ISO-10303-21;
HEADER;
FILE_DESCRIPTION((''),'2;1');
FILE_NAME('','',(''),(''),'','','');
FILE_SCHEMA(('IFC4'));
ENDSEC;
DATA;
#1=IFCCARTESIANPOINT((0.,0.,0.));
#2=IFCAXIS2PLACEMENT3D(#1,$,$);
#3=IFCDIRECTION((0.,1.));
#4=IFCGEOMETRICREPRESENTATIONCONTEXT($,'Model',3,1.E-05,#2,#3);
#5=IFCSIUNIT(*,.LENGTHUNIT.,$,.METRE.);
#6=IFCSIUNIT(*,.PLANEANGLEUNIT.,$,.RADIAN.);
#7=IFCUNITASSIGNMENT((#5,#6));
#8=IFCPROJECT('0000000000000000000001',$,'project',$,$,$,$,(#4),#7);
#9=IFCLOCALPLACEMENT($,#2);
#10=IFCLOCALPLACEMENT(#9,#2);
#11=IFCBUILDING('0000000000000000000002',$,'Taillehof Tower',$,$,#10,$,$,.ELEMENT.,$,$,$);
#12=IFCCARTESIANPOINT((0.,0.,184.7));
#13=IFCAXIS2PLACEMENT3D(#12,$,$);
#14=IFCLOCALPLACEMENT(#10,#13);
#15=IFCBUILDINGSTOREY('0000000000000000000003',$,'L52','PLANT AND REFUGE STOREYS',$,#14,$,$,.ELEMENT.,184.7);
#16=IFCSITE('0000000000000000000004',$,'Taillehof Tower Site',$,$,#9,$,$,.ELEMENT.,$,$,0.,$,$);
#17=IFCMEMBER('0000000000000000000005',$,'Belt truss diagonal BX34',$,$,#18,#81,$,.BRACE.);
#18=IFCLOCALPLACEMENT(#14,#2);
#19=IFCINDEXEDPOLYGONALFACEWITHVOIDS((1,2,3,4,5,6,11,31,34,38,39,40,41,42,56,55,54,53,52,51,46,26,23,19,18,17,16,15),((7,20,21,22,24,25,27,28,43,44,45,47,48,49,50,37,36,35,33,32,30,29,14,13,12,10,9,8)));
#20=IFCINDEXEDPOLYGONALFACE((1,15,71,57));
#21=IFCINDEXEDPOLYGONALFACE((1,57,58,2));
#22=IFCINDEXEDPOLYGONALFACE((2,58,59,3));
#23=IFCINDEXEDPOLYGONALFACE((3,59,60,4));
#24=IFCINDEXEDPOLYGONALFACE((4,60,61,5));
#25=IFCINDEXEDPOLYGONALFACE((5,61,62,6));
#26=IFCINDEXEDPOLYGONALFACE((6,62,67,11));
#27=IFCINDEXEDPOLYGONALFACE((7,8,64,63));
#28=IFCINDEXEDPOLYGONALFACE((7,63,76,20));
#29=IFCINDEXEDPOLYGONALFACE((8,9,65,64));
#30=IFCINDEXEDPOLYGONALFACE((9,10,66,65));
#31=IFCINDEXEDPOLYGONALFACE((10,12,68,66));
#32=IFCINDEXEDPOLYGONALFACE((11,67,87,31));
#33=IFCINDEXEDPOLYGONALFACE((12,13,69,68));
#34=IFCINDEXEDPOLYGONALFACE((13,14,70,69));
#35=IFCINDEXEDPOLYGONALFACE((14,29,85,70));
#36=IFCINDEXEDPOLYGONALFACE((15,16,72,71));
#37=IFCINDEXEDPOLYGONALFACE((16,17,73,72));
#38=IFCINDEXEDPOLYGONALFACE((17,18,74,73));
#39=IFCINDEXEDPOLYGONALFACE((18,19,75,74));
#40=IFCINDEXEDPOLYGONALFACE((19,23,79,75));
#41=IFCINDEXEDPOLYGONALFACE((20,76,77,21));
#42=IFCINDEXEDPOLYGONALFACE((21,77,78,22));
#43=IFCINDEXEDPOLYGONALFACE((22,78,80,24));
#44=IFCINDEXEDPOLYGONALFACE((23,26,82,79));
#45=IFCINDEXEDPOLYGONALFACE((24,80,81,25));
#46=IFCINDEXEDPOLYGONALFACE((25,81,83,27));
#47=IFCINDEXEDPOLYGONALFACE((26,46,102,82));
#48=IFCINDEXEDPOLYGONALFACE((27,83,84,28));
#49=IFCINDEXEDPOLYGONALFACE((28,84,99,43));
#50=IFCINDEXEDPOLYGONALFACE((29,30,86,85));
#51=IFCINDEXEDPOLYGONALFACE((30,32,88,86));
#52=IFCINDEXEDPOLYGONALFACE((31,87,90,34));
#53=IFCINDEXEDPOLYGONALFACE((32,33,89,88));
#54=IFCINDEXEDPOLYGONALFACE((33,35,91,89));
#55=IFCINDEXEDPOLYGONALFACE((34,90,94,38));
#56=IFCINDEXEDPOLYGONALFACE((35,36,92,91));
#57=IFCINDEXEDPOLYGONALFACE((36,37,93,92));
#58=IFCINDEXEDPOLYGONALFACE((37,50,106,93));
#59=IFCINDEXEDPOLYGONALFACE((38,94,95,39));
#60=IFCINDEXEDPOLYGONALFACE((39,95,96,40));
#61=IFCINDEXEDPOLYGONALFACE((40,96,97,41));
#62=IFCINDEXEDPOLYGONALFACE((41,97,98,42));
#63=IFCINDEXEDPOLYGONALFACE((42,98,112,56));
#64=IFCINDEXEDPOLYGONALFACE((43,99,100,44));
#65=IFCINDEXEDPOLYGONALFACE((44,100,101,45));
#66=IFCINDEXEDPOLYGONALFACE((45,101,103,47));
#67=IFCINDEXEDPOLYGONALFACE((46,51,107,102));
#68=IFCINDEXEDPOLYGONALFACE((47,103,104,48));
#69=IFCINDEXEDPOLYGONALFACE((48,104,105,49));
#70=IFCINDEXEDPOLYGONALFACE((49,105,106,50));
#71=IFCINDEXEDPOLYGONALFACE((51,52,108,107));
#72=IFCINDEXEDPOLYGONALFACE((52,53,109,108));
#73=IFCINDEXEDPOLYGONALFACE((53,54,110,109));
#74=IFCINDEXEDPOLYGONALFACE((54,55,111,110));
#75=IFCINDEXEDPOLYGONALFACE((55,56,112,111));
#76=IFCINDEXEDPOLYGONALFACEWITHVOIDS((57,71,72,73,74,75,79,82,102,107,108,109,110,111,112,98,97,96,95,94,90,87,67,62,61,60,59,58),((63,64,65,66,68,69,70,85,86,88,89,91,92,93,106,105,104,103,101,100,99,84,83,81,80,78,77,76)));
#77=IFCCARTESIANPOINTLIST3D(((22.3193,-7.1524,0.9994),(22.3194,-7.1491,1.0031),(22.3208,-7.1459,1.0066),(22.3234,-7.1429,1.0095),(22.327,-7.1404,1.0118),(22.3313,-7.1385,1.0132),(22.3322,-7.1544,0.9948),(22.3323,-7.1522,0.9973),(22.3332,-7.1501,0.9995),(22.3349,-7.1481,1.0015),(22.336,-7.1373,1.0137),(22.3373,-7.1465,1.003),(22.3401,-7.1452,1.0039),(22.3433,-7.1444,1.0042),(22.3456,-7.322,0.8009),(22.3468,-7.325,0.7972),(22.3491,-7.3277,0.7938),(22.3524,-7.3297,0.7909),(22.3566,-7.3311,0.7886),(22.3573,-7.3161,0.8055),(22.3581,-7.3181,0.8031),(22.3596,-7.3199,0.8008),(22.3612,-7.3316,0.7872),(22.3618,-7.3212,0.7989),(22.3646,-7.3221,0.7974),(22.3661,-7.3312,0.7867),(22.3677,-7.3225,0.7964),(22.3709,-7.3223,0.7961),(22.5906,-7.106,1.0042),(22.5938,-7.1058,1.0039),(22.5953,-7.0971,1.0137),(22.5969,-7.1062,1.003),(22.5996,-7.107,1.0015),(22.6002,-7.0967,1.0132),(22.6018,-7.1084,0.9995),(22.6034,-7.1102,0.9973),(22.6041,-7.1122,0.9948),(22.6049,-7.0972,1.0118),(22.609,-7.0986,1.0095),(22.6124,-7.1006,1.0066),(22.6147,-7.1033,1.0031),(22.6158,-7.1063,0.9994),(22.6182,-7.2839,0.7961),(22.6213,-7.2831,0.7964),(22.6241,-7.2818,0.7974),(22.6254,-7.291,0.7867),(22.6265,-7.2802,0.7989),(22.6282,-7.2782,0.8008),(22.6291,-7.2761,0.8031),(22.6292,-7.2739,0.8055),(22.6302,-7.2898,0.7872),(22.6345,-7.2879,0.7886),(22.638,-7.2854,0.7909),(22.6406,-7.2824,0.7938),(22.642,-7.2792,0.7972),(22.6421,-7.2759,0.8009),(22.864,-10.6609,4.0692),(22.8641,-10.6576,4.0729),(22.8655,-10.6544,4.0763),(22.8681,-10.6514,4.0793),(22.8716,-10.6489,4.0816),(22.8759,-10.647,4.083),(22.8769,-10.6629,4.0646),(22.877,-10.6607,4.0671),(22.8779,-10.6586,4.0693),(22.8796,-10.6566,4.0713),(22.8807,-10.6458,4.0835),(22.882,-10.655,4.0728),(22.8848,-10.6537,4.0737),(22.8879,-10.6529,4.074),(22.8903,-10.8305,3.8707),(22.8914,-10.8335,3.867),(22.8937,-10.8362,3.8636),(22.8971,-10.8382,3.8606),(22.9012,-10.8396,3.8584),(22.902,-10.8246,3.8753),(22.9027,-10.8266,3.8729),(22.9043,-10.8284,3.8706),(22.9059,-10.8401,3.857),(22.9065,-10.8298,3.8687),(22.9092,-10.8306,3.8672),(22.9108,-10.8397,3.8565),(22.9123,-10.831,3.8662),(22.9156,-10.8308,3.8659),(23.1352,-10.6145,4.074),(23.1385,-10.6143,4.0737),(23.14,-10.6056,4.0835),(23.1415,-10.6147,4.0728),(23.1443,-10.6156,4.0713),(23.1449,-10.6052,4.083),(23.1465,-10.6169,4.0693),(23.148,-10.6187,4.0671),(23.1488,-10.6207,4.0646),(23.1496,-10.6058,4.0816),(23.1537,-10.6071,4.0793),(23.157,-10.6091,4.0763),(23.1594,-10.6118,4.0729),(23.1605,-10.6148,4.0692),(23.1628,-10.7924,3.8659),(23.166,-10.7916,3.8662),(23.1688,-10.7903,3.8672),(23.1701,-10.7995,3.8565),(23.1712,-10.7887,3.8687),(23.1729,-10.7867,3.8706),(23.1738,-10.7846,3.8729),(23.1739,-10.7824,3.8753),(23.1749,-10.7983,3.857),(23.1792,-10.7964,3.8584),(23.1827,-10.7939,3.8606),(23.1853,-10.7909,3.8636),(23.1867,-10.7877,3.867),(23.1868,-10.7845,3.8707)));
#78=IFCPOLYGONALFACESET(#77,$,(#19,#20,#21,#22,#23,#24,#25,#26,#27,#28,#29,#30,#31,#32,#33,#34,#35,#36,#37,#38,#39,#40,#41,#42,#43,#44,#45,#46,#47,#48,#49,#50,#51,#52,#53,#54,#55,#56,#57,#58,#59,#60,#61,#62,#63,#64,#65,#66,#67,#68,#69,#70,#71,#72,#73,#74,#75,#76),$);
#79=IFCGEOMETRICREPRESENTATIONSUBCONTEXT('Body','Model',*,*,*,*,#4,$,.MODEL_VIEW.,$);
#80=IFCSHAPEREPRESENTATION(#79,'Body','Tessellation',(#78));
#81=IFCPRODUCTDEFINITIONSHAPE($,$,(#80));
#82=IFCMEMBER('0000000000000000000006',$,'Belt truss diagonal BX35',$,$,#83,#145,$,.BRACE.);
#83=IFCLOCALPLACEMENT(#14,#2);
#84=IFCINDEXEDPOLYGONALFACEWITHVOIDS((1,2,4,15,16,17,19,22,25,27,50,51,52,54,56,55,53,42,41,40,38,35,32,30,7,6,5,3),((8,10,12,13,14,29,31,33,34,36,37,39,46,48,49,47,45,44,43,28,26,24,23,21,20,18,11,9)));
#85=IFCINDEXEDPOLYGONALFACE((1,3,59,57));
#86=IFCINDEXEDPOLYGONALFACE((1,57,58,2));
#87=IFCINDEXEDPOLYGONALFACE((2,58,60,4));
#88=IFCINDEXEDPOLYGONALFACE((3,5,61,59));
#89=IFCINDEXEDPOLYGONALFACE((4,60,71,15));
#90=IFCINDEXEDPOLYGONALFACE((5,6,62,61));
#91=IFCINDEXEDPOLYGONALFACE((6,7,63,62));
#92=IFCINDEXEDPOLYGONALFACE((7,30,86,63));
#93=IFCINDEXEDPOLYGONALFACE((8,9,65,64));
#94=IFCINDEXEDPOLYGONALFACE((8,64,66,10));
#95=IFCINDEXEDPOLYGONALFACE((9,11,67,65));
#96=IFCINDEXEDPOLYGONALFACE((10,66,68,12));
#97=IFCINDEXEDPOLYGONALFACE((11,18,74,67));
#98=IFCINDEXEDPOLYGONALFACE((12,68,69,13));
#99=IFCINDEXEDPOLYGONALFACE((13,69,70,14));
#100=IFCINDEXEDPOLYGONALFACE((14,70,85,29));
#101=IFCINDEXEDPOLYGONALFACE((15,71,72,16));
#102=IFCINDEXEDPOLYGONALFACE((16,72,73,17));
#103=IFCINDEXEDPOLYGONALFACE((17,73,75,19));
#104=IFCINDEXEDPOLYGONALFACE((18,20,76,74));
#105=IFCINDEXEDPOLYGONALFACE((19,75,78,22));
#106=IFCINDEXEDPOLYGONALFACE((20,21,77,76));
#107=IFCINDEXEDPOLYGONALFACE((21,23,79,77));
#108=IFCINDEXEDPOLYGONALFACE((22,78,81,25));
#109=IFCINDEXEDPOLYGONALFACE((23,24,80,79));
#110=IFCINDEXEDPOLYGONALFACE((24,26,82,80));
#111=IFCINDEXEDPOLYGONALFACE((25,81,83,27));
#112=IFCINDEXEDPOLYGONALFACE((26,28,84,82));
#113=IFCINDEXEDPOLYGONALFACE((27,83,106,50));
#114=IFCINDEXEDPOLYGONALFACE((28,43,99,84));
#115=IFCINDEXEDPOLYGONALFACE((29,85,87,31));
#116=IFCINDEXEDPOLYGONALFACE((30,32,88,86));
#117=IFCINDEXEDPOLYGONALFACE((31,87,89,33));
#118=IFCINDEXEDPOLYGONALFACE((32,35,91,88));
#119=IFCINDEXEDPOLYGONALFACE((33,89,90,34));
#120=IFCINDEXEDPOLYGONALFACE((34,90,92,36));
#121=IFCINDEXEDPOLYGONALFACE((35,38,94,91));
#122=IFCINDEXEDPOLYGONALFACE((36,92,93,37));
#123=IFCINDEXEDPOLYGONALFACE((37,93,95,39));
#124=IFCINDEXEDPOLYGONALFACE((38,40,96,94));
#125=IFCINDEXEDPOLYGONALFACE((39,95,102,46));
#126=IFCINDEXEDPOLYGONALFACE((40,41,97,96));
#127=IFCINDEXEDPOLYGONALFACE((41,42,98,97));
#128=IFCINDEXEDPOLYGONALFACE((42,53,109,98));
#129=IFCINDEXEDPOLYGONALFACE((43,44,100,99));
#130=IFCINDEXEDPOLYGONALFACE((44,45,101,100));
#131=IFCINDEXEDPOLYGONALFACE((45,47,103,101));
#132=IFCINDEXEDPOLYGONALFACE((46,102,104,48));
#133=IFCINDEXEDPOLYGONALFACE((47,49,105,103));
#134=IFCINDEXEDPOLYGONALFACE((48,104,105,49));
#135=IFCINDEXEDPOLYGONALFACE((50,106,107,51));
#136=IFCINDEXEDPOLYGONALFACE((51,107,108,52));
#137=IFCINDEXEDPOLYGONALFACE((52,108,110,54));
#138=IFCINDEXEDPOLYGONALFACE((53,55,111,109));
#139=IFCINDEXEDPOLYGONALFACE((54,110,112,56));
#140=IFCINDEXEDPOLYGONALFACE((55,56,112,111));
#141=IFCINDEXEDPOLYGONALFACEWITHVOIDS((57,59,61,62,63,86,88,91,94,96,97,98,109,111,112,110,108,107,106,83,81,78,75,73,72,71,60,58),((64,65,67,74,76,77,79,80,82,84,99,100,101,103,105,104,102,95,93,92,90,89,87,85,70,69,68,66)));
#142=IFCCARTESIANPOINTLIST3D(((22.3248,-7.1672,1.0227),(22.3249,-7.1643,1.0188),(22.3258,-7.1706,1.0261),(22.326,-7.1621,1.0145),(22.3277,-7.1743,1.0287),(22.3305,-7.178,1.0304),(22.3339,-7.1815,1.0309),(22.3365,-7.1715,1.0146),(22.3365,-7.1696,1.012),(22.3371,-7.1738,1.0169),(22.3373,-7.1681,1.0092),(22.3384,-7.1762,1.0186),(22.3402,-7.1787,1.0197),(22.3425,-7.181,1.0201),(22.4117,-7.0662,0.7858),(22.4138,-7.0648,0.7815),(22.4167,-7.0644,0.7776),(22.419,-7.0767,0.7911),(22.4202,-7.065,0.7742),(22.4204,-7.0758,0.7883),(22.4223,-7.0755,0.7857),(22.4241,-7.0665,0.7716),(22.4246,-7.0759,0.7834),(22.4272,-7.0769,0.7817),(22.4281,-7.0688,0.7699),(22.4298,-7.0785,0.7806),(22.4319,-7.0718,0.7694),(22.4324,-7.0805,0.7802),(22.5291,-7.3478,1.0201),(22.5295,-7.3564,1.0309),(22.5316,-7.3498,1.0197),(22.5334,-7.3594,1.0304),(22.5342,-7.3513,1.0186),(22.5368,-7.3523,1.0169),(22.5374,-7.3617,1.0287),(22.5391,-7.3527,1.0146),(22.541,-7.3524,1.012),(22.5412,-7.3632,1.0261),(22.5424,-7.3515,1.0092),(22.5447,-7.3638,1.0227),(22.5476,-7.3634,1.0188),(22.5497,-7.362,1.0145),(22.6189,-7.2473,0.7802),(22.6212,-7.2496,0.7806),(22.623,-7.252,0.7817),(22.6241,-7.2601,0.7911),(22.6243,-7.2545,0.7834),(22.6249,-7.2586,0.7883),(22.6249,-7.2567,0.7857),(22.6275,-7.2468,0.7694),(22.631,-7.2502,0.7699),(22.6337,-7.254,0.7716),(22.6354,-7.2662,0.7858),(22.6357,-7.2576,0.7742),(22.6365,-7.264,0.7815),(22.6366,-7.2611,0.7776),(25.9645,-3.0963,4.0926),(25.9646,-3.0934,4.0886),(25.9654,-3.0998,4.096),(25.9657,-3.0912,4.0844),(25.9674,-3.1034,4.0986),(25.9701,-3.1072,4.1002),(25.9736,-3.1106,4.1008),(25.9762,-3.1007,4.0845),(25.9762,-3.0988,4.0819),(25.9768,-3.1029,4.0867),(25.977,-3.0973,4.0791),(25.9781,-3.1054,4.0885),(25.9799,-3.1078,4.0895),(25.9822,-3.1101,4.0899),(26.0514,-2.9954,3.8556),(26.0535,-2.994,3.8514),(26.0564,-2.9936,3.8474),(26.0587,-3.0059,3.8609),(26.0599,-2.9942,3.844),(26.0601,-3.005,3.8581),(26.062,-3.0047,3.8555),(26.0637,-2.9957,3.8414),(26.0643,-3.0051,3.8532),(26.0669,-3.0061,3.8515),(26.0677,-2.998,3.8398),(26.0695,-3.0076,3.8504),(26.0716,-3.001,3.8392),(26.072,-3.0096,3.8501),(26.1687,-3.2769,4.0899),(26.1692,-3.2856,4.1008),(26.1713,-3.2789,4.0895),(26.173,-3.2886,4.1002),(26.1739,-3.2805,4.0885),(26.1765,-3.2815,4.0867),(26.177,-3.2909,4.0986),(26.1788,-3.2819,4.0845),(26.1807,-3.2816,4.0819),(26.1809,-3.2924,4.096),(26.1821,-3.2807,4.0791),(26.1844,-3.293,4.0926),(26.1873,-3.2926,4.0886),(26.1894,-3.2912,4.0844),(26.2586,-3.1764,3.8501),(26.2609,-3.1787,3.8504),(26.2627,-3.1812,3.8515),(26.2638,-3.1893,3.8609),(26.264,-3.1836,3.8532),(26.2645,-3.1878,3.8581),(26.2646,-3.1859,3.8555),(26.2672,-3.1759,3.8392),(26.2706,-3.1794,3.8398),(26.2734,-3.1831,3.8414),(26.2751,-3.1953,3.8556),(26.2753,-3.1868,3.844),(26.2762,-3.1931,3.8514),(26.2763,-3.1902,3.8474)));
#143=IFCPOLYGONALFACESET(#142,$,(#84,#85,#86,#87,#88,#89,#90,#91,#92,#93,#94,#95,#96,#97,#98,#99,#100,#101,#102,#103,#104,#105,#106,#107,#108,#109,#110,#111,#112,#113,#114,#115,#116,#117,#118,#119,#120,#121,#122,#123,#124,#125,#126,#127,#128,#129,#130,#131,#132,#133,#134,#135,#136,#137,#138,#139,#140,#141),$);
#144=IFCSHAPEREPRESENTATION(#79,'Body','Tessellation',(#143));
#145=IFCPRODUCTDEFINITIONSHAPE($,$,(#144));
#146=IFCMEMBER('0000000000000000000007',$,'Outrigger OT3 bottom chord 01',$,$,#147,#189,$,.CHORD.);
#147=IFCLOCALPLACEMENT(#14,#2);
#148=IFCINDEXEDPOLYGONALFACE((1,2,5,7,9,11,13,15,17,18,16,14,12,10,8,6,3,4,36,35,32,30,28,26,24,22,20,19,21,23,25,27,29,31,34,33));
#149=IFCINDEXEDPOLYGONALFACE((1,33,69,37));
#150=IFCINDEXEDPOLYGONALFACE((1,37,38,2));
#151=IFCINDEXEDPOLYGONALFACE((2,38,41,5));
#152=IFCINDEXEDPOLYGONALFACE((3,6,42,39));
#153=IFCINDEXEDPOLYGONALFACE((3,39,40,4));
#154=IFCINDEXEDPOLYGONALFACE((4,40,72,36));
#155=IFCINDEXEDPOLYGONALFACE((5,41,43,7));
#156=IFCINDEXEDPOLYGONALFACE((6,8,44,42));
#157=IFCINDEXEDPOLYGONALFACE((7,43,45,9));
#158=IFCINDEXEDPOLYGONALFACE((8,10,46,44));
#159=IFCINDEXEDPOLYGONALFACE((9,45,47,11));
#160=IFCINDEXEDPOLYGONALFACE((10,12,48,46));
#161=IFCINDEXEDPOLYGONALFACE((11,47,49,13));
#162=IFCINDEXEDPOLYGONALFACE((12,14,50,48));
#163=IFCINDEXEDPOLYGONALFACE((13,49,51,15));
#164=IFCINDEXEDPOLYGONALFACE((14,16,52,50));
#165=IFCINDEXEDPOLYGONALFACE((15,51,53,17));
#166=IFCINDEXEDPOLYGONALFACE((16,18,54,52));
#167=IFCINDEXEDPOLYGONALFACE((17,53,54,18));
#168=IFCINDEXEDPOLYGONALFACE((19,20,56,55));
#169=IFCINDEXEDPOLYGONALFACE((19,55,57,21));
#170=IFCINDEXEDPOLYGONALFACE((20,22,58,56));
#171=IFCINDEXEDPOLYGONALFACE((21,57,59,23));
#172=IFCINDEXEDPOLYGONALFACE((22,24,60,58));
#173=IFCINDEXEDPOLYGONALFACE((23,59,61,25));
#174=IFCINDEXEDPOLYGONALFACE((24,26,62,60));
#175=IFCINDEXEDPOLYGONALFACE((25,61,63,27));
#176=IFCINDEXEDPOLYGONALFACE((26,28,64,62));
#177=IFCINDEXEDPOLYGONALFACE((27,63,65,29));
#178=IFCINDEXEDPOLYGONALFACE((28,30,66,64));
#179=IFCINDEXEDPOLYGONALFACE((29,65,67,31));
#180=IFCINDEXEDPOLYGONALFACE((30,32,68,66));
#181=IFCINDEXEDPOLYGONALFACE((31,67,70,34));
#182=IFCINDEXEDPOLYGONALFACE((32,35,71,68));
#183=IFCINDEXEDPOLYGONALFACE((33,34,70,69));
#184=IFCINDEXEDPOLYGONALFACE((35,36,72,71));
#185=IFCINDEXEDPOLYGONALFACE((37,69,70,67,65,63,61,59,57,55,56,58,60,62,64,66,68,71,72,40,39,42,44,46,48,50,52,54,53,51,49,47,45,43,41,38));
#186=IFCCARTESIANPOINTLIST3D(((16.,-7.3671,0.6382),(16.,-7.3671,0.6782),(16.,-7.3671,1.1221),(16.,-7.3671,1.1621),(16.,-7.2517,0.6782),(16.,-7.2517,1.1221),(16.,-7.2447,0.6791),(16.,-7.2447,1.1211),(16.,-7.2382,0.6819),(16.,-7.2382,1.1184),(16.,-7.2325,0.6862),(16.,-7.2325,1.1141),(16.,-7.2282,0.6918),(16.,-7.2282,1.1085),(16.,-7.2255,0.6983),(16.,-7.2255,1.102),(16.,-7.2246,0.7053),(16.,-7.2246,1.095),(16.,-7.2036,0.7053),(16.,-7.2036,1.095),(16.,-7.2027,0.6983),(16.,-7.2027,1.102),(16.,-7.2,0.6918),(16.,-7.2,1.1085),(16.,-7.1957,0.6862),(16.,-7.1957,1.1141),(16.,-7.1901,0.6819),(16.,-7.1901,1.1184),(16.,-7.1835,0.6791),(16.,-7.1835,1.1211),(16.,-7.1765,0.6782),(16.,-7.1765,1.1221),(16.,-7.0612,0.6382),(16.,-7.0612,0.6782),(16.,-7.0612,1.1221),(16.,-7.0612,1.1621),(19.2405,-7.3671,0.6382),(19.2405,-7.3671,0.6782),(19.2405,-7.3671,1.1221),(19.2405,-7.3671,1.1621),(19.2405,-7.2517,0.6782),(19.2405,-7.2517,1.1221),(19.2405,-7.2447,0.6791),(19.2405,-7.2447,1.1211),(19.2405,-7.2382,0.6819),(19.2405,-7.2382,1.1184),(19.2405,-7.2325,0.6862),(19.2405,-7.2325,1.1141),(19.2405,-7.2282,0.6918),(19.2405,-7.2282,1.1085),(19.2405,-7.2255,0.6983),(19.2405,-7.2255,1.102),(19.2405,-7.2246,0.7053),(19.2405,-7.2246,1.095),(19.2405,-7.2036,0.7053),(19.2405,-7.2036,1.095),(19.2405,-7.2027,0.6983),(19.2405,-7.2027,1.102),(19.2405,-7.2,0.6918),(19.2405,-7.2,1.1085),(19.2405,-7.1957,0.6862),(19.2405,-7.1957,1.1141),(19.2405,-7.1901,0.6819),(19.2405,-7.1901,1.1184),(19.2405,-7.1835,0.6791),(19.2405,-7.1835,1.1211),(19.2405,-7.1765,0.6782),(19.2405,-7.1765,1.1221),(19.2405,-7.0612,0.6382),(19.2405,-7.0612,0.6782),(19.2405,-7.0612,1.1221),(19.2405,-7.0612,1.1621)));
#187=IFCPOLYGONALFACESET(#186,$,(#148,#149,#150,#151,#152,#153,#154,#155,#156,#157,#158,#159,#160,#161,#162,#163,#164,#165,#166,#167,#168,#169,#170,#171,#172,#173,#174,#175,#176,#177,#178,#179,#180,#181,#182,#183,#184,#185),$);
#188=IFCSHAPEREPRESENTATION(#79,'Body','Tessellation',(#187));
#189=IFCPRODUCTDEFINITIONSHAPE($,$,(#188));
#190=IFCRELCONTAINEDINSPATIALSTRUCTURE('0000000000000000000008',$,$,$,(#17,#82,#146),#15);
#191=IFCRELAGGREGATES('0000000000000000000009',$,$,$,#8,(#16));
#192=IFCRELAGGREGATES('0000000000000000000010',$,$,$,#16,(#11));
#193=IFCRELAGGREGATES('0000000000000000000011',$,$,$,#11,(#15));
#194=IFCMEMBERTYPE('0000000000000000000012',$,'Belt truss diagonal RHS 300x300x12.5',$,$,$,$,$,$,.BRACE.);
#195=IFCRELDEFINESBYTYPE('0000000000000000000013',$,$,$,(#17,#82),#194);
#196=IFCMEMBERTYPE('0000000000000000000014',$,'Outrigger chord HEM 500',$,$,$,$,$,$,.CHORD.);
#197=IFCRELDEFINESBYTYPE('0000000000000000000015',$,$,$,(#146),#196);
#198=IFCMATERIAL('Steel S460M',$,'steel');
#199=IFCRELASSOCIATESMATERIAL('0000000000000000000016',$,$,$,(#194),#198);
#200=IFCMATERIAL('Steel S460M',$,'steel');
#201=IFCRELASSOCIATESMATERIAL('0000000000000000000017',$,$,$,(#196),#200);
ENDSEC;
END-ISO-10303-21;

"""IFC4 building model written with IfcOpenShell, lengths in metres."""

from ifc_helpers import new_model, si_unit, direction, frame, origin, origin_2d, place, context, subcontext, project, spatial, hollow_rectangle, i_section, extrude, material, material_profile, profile_set, type_object, element, save


model = new_model("IFC4")

# Units and contexts
model_context = context("Model", 3, precision=1e-05, world=origin(), true_north=direction((0.0, 1.0)))
body_context = subcontext(model_context, "Body", "Model", "MODEL_VIEW")
ifc_project = project(units=[si_unit("LENGTHUNIT", "METRE"), si_unit("PLANEANGLEUNIT", "RADIAN")], contexts=[model_context])

# Site, building, storey
site_placement = place(None, origin())
site = spatial("IfcSite", under=ifc_project, at=site_placement, Name="Taillehof Tower Site", CompositionType="ELEMENT", RefElevation=0.0)
building_placement = place(site_placement, origin())
building = spatial("IfcBuilding", under=site, at=building_placement, Name="Taillehof Tower", CompositionType="ELEMENT")
storey_placement = place(building_placement, frame((0.0, 0.0, 184.7)))
storey = spatial("IfcBuildingStorey", under=building, at=storey_placement, Name="L52", Description="PLANT AND REFUGE STOREYS", CompositionType="ELEMENT", Elevation=184.7)

# Members
ifc_material_1 = material(Name="Steel S460M", Category="steel")
ifc_material_profile_1 = material_profile(ifc_material_1, hollow_rectangle(XDim=0.3, YDim=0.3, WallThickness=0.0125, InnerFilletRadius=0.0125, OuterFilletRadius=0.0188, at=origin_2d()), Name="RHS 300x300x12.5")
ifc_profile_set_1 = profile_set([ifc_material_profile_1], Name="Steel S460M")
member_type_1 = type_object("IfcMemberType", Name="Belt truss diagonal RHS 300x300x12.5", PredefinedType="BRACE", material=ifc_profile_set_1)
member_1_placement = place(storey_placement, frame((23.0254, -10.7227, 3.97), z_axis=(-0.116046, 0.747508, -0.654037), x_axis=(-0.988163, -0.153406, 0.0)))
element("IfcMember", 1, at=member_1_placement, inside=storey, type_object=member_type_1, Name="Belt truss diagonal BX34", PredefinedType="BRACE", context=body_context, shape_type="SweptSolid", body=[
    extrude(hollow_rectangle(XDim=0.3, YDim=0.3, WallThickness=0.0125, InnerFilletRadius=0.0125, OuterFilletRadius=0.0188, at=origin_2d()), origin(), (0.0, 0.0, 1.0), 4.6936),
])
member_2_placement = place(storey_placement, frame((22.4807, -7.2141, 0.9001), z_axis=(0.581008, 0.649834, 0.490045), x_axis=(-0.745482, 0.666526, 0.0)))
element("IfcMember", 2, at=member_2_placement, inside=storey, type_object=member_type_1, Name="Belt truss diagonal BX35", PredefinedType="BRACE", context=body_context, shape_type="SweptSolid", body=[
    extrude(hollow_rectangle(XDim=0.3, YDim=0.3, WallThickness=0.0125, InnerFilletRadius=0.0125, OuterFilletRadius=0.0188, at=origin_2d()), origin(), (0.0, 0.0, 1.0), 6.2644),
])
ifc_material_2 = material(Name="Steel S460M", Category="steel")
ifc_material_profile_2 = material_profile(ifc_material_2, i_section(OverallWidth=0.3059, OverallDepth=0.5239, WebThickness=0.021, FlangeThickness=0.04, FilletRadius=0.0271, at=origin_2d()), Name="HEM 500")
ifc_profile_set_2 = profile_set([ifc_material_profile_2], Name="Steel S460M")
member_type_2 = type_object("IfcMemberType", Name="Outrigger chord HEM 500", PredefinedType="CHORD", material=ifc_profile_set_2)
member_3_placement = place(storey_placement, frame((16.0, -7.2141, 0.9001), z_axis=(1.0, 0.0, 0.0), x_axis=(0.0, 1.0, 0.0)))
element("IfcMember", 3, at=member_3_placement, inside=storey, type_object=member_type_2, Name="Outrigger OT3 bottom chord 01", PredefinedType="CHORD", context=body_context, shape_type="SweptSolid", body=[
    extrude(i_section(OverallWidth=0.3059, OverallDepth=0.5239, WebThickness=0.021, FlangeThickness=0.04, FilletRadius=0.0271, at=origin_2d()), origin(), (0.0, 0.0, 1.0), 3.2405),
])

save(model, "model.ifc")
